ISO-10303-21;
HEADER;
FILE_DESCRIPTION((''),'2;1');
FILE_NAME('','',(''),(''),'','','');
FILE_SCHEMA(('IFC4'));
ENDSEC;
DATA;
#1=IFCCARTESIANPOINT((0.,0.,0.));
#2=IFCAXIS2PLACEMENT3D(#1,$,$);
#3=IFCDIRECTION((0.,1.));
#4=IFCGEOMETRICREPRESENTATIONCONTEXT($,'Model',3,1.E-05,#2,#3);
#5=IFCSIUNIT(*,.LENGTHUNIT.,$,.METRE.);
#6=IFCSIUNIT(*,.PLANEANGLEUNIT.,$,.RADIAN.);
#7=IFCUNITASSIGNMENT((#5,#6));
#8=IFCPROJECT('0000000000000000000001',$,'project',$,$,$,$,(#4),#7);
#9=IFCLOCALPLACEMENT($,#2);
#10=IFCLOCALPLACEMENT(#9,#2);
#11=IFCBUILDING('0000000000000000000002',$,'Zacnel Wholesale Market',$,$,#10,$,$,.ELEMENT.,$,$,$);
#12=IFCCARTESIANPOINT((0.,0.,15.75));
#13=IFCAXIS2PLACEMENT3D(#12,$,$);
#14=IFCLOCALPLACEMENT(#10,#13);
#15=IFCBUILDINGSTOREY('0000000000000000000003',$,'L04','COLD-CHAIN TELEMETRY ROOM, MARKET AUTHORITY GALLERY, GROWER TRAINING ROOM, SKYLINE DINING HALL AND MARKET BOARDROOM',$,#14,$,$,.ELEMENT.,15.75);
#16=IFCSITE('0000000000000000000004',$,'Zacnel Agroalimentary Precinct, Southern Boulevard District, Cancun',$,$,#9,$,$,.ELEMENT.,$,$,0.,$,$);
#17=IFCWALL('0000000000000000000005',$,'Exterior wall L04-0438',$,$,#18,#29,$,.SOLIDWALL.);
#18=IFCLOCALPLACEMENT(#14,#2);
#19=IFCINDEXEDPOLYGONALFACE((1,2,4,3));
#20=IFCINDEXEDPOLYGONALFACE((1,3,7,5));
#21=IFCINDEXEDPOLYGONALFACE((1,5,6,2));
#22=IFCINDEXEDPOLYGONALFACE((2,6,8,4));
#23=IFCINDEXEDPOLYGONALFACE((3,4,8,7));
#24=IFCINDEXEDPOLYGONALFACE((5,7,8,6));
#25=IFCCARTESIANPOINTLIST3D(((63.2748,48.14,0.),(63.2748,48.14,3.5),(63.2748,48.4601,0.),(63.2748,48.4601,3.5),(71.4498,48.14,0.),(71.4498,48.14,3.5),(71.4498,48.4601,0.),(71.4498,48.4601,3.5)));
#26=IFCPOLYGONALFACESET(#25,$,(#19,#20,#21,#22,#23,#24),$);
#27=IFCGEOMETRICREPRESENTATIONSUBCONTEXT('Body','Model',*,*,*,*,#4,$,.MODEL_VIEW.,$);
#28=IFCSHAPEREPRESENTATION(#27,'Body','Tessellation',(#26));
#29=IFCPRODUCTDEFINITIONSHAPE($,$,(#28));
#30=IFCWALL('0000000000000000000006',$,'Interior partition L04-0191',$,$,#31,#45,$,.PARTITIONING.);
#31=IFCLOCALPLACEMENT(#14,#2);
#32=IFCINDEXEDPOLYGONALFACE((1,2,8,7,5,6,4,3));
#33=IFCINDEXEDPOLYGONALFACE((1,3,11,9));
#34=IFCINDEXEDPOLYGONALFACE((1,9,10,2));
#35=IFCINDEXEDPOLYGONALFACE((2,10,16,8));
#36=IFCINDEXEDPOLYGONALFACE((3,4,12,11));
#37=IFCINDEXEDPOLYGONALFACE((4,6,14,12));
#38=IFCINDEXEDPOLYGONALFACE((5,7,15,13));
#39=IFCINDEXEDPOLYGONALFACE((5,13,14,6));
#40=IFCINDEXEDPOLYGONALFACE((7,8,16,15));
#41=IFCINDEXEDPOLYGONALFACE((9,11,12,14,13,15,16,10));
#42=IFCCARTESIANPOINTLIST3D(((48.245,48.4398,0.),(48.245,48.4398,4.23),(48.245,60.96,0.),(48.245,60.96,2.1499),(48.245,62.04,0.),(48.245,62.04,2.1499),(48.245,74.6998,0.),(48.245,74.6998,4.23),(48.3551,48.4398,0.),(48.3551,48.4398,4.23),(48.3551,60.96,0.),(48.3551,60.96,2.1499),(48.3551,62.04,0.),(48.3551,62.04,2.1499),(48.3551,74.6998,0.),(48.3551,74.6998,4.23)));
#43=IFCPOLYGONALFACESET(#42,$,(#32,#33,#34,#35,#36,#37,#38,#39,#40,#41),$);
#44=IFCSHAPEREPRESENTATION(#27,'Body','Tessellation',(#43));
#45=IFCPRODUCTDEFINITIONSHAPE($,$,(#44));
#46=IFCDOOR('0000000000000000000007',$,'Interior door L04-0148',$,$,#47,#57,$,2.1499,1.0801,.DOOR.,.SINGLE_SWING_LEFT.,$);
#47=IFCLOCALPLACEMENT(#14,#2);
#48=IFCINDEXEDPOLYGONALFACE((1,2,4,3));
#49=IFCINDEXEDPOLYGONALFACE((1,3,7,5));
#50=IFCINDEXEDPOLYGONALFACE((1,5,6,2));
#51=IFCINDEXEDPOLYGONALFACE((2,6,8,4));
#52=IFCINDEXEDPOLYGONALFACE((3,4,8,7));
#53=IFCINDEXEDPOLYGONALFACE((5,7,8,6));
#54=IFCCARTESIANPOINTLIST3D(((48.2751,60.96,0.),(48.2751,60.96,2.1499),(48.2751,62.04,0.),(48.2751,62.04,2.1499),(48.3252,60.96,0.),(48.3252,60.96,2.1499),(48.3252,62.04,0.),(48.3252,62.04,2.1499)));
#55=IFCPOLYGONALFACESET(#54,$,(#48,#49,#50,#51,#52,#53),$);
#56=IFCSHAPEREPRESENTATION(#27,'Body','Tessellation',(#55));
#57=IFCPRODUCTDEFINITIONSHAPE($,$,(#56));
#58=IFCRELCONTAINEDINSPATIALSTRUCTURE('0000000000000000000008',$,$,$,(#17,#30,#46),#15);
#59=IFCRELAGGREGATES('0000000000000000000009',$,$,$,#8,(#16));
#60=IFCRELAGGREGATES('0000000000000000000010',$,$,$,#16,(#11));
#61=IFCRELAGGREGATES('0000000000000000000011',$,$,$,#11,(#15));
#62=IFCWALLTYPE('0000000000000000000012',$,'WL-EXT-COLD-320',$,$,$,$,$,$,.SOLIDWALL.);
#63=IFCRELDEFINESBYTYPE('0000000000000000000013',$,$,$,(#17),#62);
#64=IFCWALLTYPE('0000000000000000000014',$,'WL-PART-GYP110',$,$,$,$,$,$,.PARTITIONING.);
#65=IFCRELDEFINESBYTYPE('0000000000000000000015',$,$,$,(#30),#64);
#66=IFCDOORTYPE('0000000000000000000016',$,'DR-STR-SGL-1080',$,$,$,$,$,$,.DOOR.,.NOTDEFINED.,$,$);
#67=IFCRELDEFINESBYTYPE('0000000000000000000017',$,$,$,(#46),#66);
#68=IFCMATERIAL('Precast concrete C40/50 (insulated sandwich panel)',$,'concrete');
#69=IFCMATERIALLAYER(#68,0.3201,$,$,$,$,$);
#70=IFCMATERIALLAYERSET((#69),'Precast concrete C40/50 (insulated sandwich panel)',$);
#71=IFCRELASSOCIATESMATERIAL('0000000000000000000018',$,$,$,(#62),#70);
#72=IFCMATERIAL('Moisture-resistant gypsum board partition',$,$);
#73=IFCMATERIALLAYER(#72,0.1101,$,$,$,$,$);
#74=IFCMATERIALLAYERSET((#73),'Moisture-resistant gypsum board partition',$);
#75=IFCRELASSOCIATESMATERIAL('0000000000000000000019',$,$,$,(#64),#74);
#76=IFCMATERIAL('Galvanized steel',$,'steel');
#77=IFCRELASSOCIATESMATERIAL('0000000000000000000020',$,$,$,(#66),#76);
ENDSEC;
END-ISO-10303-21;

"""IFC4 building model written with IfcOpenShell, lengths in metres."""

from ifc_helpers import new_model, si_unit, direction, frame, frame_2d, origin, place, context, subcontext, project, spatial, rectangle, extrude, material, layer, layer_set, type_object, element, fill, save


model = new_model("IFC4")

# Units and contexts
model_context = context("Model", 3, precision=1e-05, world=origin(), true_north=direction((0.0, 1.0)))
body_context = subcontext(model_context, "Body", "Model", "MODEL_VIEW")
ifc_project = project(units=[si_unit("LENGTHUNIT", "METRE"), si_unit("PLANEANGLEUNIT", "RADIAN")], contexts=[model_context])

# Site, building, storey
site_placement = place(None, origin())
site = spatial("IfcSite", under=ifc_project, at=site_placement, Name="Zacnel Agroalimentary Precinct, Southern Boulevard District, Cancun", CompositionType="ELEMENT", RefElevation=0.0)
building_placement = place(site_placement, origin())
building = spatial("IfcBuilding", under=site, at=building_placement, Name="Zacnel Wholesale Market", CompositionType="ELEMENT")
storey_placement = place(building_placement, frame((0.0, 0.0, 15.75)))
storey = spatial("IfcBuildingStorey", under=building, at=storey_placement, Name="L04", Description="COLD-CHAIN TELEMETRY ROOM, MARKET AUTHORITY GALLERY, GROWER TRAINING ROOM, SKYLINE DINING HALL AND MARKET BOARDROOM", CompositionType="ELEMENT", Elevation=15.75)

# Shared definitions
ifc_material_1 = material(Name="Precast concrete C40/50 (insulated sandwich panel)", Category="concrete")
ifc_layer_1 = layer(ifc_material_1, 0.3201)
ifc_layer_set_1 = layer_set([ifc_layer_1], Name="Precast concrete C40/50 (insulated sandwich panel)")
wall_type_1 = type_object("IfcWallType", Name="WL-EXT-COLD-320", PredefinedType="SOLIDWALL", material=ifc_layer_set_1)

# Wall
wall_1_placement = place(storey_placement, frame((63.2749, 48.3, 0.0), z_axis=(0.0, 0.0, 1.0), x_axis=(1.0, 0.0, 0.0)))
element("IfcWall", 1, at=wall_1_placement, inside=storey, type_object=wall_type_1, Name="Exterior wall L04-0438", PredefinedType="SOLIDWALL", context=body_context, shape_type="SweptSolid", body=[
    extrude(rectangle(XDim=8.175, YDim=0.3201, at=frame_2d((4.0874, 0.0))), origin(), (0.0, 0.0, 1.0), 3.5),
])

# Wall, opening, door
ifc_material_2 = material(Name="Moisture-resistant gypsum board partition")
ifc_layer_2 = layer(ifc_material_2, 0.1101)
ifc_layer_set_2 = layer_set([ifc_layer_2], Name="Moisture-resistant gypsum board partition")
wall_type_2 = type_object("IfcWallType", Name="WL-PART-GYP110", PredefinedType="PARTITIONING", material=ifc_layer_set_2)
wall_2_placement = place(storey_placement, frame((48.3, 48.4399, 0.0), z_axis=(0.0, 0.0, 1.0), x_axis=(0.0, 1.0, 0.0)))
wall_2 = element("IfcWall", 2, at=wall_2_placement, inside=storey, type_object=wall_type_2, Name="Interior partition L04-0191", PredefinedType="PARTITIONING", context=body_context, shape_type="SweptSolid", body=[
    extrude(rectangle(XDim=26.26, YDim=0.1101, at=frame_2d((13.1299, 0.0))), origin(), (0.0, 0.0, 1.0), 4.23),
])
opening_1_placement = place(wall_2_placement, frame((12.52, 0.0, 0.0)))
opening_1 = element("IfcOpeningElement", 3, at=opening_1_placement, cuts=wall_2, PredefinedType="OPENING", context=body_context, shape_type="SweptSolid", body=[
    extrude(rectangle(XDim=1.0801, YDim=2.1499, at=frame_2d((0.54, 1.075))), frame((0.0, 0.0649, 0.0), z_axis=(0.0, -1.0, 0.0), x_axis=(1.0, 0.0, 0.0)), (0.0, 0.0, 1.0), 0.1301),
])
ifc_material_3 = material(Name="Galvanized steel", Category="steel")
door_type = type_object("IfcDoorType", Name="DR-STR-SGL-1080", OperationType="NOTDEFINED", PredefinedType="DOOR", material=ifc_material_3)
door_placement = place(opening_1_placement, origin())
door = element("IfcDoor", 4, at=door_placement, inside=storey, type_object=door_type, Name="Interior door L04-0148", OperationType="SINGLE_SWING_LEFT", OverallHeight=2.1499, OverallWidth=1.0801, PredefinedType="DOOR", context=body_context, shape_type="SweptSolid", body=[
    extrude(rectangle(XDim=1.0801, YDim=2.1499, at=frame_2d((0.54, 1.075))), frame((0.0, 0.0249, 0.0), z_axis=(0.0, -1.0, 0.0), x_axis=(1.0, 0.0, 0.0)), (0.0, 0.0, 1.0), 0.05),
])
fill(opening_1, door)

save(model, "model.ifc")
